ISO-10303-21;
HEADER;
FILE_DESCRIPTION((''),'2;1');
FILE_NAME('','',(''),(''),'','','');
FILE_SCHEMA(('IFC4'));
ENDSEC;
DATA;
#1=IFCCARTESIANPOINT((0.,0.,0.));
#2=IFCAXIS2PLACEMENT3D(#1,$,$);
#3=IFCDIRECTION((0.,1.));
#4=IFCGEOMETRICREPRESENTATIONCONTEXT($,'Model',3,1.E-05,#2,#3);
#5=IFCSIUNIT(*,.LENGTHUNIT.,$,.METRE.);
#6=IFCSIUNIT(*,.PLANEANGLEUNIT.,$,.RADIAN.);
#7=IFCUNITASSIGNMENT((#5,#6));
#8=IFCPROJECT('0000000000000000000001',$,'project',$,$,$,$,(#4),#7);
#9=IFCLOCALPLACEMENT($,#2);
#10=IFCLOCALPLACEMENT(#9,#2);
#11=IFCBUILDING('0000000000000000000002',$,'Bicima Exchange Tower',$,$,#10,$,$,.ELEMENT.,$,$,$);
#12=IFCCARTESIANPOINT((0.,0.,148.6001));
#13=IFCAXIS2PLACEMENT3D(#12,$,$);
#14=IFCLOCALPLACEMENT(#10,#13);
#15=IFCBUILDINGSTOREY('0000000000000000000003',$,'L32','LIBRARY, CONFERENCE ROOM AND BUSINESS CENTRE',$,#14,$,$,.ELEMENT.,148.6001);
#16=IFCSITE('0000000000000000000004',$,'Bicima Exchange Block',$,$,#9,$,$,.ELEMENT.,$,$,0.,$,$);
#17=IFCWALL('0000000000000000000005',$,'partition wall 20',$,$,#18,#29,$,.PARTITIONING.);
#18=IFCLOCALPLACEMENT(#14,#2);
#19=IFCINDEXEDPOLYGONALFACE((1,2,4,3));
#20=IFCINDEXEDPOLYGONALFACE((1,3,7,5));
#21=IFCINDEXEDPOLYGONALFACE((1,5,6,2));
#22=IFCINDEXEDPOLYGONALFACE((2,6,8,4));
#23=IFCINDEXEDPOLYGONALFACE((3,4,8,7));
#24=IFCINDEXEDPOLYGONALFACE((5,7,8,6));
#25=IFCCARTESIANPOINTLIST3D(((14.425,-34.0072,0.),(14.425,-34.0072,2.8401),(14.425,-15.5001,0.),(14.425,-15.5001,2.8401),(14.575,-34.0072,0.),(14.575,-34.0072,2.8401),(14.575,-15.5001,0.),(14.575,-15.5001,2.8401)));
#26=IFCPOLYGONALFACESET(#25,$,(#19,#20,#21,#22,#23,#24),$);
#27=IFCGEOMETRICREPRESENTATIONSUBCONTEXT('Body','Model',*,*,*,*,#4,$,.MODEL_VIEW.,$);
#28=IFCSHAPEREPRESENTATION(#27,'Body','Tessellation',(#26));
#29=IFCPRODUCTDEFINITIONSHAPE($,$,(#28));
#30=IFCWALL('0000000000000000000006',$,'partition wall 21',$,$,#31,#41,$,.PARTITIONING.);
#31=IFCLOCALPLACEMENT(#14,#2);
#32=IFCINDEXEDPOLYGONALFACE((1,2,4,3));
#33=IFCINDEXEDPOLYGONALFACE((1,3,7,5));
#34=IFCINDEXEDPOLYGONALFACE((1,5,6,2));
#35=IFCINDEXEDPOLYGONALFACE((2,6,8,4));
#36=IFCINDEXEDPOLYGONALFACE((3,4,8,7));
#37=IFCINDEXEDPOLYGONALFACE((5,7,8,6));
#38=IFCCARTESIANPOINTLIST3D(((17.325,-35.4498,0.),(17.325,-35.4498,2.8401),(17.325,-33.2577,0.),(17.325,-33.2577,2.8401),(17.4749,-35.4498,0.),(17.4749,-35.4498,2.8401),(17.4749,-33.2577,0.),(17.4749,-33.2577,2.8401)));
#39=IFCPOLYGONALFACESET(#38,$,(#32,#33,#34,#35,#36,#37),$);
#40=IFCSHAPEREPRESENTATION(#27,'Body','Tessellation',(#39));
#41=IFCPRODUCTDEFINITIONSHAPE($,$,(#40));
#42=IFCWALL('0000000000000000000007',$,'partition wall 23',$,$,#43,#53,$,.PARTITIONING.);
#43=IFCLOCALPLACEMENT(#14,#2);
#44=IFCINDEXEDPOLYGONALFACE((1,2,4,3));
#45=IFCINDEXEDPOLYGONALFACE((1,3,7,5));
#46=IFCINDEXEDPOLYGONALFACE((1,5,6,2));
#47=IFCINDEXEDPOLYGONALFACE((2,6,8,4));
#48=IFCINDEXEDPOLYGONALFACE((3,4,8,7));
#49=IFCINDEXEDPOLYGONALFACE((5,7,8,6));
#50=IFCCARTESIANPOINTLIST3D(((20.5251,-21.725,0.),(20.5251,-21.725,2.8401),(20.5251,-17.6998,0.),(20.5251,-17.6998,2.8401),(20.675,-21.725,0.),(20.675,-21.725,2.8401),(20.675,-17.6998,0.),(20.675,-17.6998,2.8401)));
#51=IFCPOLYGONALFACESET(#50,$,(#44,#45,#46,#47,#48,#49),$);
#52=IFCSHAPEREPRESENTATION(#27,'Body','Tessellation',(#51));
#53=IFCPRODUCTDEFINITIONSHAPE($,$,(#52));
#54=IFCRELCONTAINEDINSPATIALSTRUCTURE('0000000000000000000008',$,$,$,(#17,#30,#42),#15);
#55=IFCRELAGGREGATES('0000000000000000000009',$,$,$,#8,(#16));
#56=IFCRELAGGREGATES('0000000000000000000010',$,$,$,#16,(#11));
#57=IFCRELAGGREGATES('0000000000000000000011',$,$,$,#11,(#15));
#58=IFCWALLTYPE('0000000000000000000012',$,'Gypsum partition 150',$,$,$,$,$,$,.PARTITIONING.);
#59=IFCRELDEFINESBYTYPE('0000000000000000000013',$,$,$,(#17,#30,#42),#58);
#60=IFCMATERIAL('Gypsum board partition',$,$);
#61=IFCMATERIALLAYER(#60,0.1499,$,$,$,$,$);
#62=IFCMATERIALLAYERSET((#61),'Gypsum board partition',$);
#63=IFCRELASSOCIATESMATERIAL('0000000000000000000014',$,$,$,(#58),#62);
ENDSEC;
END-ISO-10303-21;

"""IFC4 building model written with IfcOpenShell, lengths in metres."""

from ifc_helpers import new_model, si_unit, direction, frame, frame_2d, origin, place, context, subcontext, project, spatial, rectangle, extrude, material, layer, layer_set, type_object, element, save


model = new_model("IFC4")

# Units and contexts
model_context = context("Model", 3, precision=1e-05, world=origin(), true_north=direction((0.0, 1.0)))
body_context = subcontext(model_context, "Body", "Model", "MODEL_VIEW")
ifc_project = project(units=[si_unit("LENGTHUNIT", "METRE"), si_unit("PLANEANGLEUNIT", "RADIAN")], contexts=[model_context])

# Site, building, storey
site_placement = place(None, origin())
site = spatial("IfcSite", under=ifc_project, at=site_placement, Name="Bicima Exchange Block", CompositionType="ELEMENT", RefElevation=0.0)
building_placement = place(site_placement, origin())
building = spatial("IfcBuilding", under=site, at=building_placement, Name="Bicima Exchange Tower", CompositionType="ELEMENT")
storey_placement = place(building_placement, frame((0.0, 0.0, 148.6001)))
storey = spatial("IfcBuildingStorey", under=building, at=storey_placement, Name="L32", Description="LIBRARY, CONFERENCE ROOM AND BUSINESS CENTRE", CompositionType="ELEMENT", Elevation=148.6001)

# Shared definitions
ifc_material_1 = material(Name="Gypsum board partition")

# Walls
ifc_layer_1 = layer(ifc_material_1, 0.1499)
ifc_layer_set_1 = layer_set([ifc_layer_1], Name="Gypsum board partition")
wall_type_1 = type_object("IfcWallType", Name="Gypsum partition 150", PredefinedType="PARTITIONING", material=ifc_layer_set_1)
wall_1_placement = place(storey_placement, frame((14.5, -34.0071, 0.0), z_axis=(0.0, 0.0, 1.0), x_axis=(0.0, 1.0, 0.0)))
element("IfcWall", 1, at=wall_1_placement, inside=storey, type_object=wall_type_1, Name="partition wall 20", PredefinedType="PARTITIONING", context=body_context, shape_type="SweptSolid", body=[
    extrude(rectangle(XDim=18.5071, YDim=0.1499, at=frame_2d((9.2534, 0.0))), origin(), (0.0, 0.0, 1.0), 2.8401),
])
wall_2_placement = place(storey_placement, frame((17.3999, -35.45, 0.0), z_axis=(0.0, 0.0, 1.0), x_axis=(0.0, 1.0, 0.0)))
element("IfcWall", 2, at=wall_2_placement, inside=storey, type_object=wall_type_1, Name="partition wall 21", PredefinedType="PARTITIONING", context=body_context, shape_type="SweptSolid", body=[
    extrude(rectangle(XDim=2.1921, YDim=0.1499, at=frame_2d((1.0962, 0.0))), origin(), (0.0, 0.0, 1.0), 2.8401),
])
wall_3_placement = place(storey_placement, frame((20.6001, -21.7251, 0.0), z_axis=(0.0, 0.0, 1.0), x_axis=(0.0, 1.0, 0.0)))
element("IfcWall", 3, at=wall_3_placement, inside=storey, type_object=wall_type_1, Name="partition wall 23", PredefinedType="PARTITIONING", context=body_context, shape_type="SweptSolid", body=[
    extrude(rectangle(XDim=4.0251, YDim=0.1499, at=frame_2d((2.0127, 0.0))), origin(), (0.0, 0.0, 1.0), 2.8401),
])

save(model, "model.ifc")
